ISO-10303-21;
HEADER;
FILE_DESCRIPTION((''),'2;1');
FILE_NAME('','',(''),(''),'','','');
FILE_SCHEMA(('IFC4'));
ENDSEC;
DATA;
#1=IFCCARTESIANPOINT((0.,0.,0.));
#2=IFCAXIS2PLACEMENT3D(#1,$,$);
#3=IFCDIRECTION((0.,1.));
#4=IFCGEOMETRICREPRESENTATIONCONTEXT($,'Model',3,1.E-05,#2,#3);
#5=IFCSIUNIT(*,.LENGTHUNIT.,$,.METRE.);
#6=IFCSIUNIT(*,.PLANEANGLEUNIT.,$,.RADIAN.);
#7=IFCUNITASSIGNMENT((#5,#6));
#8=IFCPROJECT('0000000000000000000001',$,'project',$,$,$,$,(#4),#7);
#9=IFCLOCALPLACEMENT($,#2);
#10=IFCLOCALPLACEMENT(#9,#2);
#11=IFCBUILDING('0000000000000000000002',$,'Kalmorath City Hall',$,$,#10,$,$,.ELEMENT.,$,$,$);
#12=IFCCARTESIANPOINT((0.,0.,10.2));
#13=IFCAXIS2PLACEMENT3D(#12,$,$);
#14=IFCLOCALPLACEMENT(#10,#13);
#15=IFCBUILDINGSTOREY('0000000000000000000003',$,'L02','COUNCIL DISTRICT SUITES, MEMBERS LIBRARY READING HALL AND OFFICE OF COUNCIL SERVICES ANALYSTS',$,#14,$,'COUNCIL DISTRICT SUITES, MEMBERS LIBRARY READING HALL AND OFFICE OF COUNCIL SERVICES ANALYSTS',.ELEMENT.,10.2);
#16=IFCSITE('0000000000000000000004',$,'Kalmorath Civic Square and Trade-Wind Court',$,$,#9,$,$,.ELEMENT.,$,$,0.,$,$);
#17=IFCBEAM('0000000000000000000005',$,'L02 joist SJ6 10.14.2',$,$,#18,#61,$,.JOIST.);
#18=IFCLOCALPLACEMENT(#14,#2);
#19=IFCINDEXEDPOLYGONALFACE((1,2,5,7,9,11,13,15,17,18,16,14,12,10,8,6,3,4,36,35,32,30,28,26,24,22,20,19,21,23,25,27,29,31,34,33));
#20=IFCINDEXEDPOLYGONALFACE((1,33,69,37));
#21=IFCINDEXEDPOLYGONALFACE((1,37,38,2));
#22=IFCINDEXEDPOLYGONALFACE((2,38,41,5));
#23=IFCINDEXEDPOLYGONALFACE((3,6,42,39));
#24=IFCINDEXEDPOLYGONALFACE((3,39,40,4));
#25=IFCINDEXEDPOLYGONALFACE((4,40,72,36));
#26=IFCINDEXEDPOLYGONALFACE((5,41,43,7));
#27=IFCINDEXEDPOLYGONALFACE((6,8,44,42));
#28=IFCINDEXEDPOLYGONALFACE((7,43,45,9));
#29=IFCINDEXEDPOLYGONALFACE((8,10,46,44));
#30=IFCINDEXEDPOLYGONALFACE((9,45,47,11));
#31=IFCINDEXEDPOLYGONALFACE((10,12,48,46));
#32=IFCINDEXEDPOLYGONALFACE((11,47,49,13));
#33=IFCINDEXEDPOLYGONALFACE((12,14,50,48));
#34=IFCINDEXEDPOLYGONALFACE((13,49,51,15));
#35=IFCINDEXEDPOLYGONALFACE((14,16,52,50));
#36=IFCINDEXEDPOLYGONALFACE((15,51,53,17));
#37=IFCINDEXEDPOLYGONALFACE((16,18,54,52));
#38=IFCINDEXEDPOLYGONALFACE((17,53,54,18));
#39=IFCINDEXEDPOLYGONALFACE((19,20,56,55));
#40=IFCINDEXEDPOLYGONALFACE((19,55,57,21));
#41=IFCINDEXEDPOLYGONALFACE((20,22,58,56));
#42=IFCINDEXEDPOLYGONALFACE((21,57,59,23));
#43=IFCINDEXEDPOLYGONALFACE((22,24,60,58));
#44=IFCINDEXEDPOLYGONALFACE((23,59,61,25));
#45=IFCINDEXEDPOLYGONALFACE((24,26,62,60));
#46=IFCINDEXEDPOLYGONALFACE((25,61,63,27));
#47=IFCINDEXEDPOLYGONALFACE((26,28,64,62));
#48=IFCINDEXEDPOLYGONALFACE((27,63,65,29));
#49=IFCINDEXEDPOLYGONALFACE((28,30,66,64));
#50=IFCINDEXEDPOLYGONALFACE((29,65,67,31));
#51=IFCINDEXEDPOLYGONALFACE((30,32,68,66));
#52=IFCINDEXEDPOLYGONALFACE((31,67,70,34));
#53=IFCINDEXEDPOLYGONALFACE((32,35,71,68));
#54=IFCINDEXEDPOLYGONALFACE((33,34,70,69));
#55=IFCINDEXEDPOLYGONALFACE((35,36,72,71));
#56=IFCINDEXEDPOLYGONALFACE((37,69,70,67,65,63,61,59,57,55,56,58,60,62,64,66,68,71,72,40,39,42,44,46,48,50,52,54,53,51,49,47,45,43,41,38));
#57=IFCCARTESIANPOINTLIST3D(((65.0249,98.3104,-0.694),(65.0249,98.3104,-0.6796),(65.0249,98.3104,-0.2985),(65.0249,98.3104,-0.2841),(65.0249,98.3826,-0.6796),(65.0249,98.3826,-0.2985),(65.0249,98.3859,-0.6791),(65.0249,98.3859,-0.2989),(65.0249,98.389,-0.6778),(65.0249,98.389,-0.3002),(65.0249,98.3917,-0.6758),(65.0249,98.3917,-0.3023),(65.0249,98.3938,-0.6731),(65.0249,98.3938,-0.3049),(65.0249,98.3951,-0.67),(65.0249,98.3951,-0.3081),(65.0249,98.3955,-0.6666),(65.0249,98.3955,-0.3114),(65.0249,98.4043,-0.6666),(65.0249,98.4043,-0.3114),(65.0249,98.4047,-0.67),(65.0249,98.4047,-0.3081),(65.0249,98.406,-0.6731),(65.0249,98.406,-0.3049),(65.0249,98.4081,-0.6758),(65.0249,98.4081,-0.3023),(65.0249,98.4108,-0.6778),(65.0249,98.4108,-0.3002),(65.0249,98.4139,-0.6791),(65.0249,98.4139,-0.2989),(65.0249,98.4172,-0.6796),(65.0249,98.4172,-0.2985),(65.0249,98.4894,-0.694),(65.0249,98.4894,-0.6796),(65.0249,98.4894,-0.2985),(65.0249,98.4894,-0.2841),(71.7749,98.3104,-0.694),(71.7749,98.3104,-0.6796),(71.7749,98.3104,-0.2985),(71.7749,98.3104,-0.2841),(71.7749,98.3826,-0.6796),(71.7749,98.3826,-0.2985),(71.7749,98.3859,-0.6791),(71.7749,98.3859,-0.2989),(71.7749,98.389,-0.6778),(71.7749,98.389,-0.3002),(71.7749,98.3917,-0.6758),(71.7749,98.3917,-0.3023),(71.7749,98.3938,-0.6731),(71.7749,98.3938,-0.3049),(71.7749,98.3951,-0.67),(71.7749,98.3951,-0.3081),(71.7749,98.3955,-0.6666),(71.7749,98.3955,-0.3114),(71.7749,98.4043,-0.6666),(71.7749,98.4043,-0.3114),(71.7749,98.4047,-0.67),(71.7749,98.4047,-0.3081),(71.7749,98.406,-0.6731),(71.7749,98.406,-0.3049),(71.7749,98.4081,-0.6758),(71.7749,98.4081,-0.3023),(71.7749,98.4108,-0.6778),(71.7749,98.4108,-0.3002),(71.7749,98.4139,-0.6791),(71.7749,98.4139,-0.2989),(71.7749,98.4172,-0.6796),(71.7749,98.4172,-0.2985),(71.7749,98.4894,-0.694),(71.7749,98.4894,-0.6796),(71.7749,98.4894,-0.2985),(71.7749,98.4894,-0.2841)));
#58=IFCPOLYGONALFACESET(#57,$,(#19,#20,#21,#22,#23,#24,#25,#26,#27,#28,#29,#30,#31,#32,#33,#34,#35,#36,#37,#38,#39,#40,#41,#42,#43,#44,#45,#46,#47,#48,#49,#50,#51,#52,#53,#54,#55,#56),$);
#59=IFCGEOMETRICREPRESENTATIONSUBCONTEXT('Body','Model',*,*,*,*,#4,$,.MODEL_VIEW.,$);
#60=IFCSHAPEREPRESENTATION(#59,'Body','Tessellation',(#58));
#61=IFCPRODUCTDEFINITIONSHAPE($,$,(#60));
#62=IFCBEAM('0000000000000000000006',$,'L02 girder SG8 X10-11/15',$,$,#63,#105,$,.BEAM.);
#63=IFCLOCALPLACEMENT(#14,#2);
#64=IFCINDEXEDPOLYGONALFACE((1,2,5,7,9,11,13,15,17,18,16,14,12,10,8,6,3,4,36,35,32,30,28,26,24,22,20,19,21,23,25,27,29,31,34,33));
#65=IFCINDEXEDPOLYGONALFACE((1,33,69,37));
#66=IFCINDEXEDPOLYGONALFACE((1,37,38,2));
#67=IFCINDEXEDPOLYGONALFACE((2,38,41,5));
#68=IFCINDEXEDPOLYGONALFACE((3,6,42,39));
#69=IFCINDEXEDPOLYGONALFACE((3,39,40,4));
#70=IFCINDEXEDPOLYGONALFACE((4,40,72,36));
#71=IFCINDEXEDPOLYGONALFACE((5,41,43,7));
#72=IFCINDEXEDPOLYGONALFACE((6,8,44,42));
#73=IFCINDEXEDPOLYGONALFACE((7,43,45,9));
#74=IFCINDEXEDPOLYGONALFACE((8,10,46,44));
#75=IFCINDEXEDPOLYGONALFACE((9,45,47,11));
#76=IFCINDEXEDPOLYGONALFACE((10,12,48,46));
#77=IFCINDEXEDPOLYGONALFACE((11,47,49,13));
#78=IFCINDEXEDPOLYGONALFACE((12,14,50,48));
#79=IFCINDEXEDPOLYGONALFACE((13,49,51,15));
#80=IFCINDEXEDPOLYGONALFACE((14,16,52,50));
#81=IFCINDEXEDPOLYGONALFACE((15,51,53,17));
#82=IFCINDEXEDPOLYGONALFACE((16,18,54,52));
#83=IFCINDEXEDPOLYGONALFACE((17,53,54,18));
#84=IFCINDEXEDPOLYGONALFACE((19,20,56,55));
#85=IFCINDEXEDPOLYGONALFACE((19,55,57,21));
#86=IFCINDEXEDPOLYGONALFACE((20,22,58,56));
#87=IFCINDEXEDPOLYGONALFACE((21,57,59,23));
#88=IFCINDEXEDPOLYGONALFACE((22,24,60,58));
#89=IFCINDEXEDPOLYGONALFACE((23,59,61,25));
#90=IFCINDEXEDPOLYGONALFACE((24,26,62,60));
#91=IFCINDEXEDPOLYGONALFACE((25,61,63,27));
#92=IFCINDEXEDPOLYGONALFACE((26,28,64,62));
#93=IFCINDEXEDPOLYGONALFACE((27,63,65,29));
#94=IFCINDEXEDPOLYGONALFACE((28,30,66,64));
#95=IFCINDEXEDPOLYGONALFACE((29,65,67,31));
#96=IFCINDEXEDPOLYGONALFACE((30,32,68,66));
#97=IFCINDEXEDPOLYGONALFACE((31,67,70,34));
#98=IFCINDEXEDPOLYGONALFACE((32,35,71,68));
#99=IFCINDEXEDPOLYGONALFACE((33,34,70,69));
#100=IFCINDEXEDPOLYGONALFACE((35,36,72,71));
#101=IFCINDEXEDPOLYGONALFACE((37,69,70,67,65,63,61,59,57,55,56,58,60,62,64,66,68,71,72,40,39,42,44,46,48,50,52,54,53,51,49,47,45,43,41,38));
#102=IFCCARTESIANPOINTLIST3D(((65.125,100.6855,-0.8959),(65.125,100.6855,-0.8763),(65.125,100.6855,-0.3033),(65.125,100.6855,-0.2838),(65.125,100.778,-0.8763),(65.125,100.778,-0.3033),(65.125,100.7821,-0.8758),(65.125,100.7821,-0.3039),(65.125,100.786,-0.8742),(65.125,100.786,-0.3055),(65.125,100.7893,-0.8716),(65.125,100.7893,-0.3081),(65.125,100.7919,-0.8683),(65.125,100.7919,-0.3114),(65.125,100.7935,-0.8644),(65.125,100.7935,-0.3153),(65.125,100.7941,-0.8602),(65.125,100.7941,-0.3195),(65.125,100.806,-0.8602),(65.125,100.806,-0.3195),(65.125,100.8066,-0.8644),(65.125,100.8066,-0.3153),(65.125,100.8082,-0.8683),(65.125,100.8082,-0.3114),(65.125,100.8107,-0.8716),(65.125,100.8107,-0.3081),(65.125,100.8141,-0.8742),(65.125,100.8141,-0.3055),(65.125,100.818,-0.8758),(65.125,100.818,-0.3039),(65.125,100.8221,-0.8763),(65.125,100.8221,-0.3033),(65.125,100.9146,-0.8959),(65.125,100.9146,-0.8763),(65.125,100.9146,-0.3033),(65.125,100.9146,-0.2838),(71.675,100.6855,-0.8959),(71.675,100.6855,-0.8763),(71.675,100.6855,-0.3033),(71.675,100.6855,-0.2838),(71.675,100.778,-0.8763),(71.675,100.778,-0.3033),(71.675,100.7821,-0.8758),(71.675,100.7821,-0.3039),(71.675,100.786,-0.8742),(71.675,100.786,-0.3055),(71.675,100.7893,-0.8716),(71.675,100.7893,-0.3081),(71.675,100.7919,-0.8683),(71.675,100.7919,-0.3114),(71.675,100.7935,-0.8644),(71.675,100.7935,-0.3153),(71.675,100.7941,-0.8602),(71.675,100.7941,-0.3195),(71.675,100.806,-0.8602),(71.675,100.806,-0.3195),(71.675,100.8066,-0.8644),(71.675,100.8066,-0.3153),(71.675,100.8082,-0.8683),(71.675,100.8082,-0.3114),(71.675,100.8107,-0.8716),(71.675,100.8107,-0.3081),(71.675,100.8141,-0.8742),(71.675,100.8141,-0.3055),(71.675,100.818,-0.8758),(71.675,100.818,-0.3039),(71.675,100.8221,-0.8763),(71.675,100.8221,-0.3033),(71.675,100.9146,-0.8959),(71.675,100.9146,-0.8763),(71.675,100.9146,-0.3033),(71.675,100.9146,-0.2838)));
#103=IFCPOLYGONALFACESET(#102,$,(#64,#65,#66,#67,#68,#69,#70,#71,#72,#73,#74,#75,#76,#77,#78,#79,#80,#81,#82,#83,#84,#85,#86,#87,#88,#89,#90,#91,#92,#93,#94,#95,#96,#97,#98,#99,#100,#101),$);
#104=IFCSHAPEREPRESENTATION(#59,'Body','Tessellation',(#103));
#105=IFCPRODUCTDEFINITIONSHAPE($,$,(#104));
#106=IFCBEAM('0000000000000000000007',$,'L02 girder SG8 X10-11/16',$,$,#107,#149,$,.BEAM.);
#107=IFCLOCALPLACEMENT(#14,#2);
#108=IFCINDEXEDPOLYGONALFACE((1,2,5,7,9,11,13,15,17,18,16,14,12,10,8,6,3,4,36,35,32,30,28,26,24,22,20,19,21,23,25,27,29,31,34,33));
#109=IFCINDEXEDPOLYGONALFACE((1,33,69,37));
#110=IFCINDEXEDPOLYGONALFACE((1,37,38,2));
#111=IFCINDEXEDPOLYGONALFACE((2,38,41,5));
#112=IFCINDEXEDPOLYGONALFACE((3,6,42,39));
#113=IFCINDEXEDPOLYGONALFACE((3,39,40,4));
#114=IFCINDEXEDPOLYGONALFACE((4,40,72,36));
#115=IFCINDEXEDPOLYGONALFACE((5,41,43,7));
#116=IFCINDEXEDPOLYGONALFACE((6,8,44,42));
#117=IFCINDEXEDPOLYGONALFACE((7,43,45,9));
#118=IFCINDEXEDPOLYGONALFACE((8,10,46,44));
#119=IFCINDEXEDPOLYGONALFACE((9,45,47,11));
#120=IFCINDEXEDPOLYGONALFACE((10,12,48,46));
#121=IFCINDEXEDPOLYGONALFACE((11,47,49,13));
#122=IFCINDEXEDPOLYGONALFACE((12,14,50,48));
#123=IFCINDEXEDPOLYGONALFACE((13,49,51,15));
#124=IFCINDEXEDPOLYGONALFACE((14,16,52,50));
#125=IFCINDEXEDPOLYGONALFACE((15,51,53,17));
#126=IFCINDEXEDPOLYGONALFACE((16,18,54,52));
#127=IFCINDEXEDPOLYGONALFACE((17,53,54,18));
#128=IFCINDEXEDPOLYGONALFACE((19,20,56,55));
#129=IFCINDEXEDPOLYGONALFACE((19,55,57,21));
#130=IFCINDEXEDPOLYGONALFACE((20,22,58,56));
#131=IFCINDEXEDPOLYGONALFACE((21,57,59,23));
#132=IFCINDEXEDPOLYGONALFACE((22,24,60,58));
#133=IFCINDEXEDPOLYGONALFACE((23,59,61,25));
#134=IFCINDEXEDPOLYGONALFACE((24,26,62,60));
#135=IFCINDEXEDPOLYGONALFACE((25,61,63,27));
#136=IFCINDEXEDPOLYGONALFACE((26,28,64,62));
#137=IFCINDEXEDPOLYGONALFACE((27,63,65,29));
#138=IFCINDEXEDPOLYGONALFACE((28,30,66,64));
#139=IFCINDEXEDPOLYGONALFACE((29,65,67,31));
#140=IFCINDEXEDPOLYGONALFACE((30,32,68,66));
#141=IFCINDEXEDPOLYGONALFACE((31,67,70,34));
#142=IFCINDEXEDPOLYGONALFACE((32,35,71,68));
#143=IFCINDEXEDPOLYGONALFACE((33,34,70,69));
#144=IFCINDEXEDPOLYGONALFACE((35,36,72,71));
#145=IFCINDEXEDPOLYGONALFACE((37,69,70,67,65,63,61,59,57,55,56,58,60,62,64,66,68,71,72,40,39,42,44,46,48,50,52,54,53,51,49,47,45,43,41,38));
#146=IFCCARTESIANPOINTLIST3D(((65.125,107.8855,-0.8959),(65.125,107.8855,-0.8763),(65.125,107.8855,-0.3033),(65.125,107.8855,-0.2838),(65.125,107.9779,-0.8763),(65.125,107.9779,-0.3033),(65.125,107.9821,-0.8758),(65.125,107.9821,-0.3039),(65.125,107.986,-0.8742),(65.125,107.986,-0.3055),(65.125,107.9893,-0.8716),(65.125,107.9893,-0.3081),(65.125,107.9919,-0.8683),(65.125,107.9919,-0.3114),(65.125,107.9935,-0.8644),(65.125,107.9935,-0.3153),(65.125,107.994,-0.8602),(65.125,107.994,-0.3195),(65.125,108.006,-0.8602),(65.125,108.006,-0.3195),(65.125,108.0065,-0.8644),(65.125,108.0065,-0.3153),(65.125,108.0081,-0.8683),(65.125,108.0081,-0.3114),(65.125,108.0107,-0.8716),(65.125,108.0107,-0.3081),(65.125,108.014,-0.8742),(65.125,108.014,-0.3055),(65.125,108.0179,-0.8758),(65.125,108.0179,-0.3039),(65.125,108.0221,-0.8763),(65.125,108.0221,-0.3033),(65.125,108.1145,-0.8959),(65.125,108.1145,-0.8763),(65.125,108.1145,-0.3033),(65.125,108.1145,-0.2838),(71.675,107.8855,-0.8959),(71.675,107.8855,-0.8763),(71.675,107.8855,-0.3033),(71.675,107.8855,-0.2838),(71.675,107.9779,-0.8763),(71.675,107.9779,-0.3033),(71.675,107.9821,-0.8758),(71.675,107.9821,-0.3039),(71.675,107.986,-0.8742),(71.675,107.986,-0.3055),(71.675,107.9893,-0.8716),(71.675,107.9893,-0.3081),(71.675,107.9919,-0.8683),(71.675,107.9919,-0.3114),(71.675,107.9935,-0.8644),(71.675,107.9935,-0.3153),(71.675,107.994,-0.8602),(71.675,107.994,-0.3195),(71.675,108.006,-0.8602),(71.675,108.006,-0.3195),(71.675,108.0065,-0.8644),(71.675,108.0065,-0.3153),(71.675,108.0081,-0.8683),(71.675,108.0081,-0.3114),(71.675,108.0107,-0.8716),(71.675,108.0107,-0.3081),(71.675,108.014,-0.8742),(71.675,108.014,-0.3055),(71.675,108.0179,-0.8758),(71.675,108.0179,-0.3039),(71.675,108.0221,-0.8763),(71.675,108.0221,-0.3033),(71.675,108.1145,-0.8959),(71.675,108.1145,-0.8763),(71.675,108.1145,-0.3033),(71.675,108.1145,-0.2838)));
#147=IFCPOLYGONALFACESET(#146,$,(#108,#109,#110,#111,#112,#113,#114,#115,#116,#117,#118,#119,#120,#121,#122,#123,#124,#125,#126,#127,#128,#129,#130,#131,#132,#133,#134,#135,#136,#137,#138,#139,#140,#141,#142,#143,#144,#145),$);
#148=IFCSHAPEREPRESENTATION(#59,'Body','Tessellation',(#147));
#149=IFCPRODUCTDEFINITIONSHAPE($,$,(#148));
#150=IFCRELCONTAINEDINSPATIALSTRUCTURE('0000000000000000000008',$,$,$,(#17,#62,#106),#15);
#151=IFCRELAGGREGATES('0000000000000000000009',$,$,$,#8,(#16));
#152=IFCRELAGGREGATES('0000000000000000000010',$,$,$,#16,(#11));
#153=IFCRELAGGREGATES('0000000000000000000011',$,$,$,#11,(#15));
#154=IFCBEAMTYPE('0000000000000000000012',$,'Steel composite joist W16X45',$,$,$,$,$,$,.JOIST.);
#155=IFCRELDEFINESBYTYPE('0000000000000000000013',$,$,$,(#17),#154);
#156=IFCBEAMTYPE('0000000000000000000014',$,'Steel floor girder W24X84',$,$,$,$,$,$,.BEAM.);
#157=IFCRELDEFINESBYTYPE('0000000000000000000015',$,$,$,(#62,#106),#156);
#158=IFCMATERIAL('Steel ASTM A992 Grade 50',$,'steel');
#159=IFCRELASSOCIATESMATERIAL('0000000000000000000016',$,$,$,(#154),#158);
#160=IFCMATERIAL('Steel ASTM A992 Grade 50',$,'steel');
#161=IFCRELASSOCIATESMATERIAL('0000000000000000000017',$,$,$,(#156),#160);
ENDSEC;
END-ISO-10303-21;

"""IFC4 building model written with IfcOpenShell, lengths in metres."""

from ifc_helpers import new_model, si_unit, direction, frame, origin, origin_2d, place, context, subcontext, project, spatial, i_section, extrude, material, material_profile, profile_set, type_object, element, save


model = new_model("IFC4")

# Units and contexts
model_context = context("Model", 3, precision=1e-05, world=origin(), true_north=direction((0.0, 1.0)))
body_context = subcontext(model_context, "Body", "Model", "MODEL_VIEW")
ifc_project = project(units=[si_unit("LENGTHUNIT", "METRE"), si_unit("PLANEANGLEUNIT", "RADIAN")], contexts=[model_context])

# Site, building, storey
site_placement = place(None, origin())
site = spatial("IfcSite", under=ifc_project, at=site_placement, Name="Kalmorath Civic Square and Trade-Wind Court", CompositionType="ELEMENT", RefElevation=0.0)
building_placement = place(site_placement, origin())
building = spatial("IfcBuilding", under=site, at=building_placement, Name="Kalmorath City Hall", CompositionType="ELEMENT")
storey_placement = place(building_placement, frame((0.0, 0.0, 10.2)))
storey = spatial("IfcBuildingStorey", under=building, at=storey_placement, Name="L02", Description="COUNCIL DISTRICT SUITES, MEMBERS LIBRARY READING HALL AND OFFICE OF COUNCIL SERVICES ANALYSTS", LongName="COUNCIL DISTRICT SUITES, MEMBERS LIBRARY READING HALL AND OFFICE OF COUNCIL SERVICES ANALYSTS", CompositionType="ELEMENT", Elevation=10.2)

# Beams
ifc_material_1 = material(Name="Steel ASTM A992 Grade 50", Category="steel")
ifc_material_profile_1 = material_profile(ifc_material_1, i_section(OverallWidth=0.179, OverallDepth=0.4099, WebThickness=0.0088, FlangeThickness=0.0144, FilletRadius=0.0129, at=origin_2d()), Name="W16X45")
ifc_profile_set_1 = profile_set([ifc_material_profile_1], Name="Steel ASTM A992 Grade 50")
beam_type_1 = type_object("IfcBeamType", Name="Steel composite joist W16X45", PredefinedType="JOIST", material=ifc_profile_set_1)
for number, where, z_axis, x_axis, name in (
    (1, (65.0249, 98.3999, -0.489), (1.0, 0.0, 0.0), (0.0, 1.0, 0.0), "L02 joist SJ6 10.14.2"),
):
    element("IfcBeam", number, at=place(storey_placement, frame(where, z_axis=z_axis, x_axis=x_axis)), inside=storey, type_object=beam_type_1, Name=name, PredefinedType="JOIST", context=body_context, shape_type="SweptSolid", body=[
        extrude(i_section(OverallWidth=0.179, OverallDepth=0.4099, WebThickness=0.0088, FlangeThickness=0.0144, FilletRadius=0.0129, at=origin_2d()), origin(), (0.0, 0.0, 1.0), 6.75),
    ])
ifc_material_2 = material(Name="Steel ASTM A992 Grade 50", Category="steel")
ifc_material_profile_2 = material_profile(ifc_material_2, i_section(OverallWidth=0.229, OverallDepth=0.6121, WebThickness=0.012, FlangeThickness=0.0195, FilletRadius=0.0161, at=origin_2d()), Name="W24X84")
ifc_profile_set_2 = profile_set([ifc_material_profile_2], Name="Steel ASTM A992 Grade 50")
beam_type_2 = type_object("IfcBeamType", Name="Steel floor girder W24X84", PredefinedType="BEAM", material=ifc_profile_set_2)
for number, where, z_axis, x_axis, name in (
    (2, (65.125, 100.8, -0.5898), (1.0, 0.0, 0.0), (0.0, 1.0, 0.0), "L02 girder SG8 X10-11/15"),
    (3, (65.125, 108.0, -0.5898), (1.0, 0.0, 0.0), (0.0, 1.0, 0.0), "L02 girder SG8 X10-11/16"),
):
    element("IfcBeam", number, at=place(storey_placement, frame(where, z_axis=z_axis, x_axis=x_axis)), inside=storey, type_object=beam_type_2, Name=name, PredefinedType="BEAM", context=body_context, shape_type="SweptSolid", body=[
        extrude(i_section(OverallWidth=0.229, OverallDepth=0.6121, WebThickness=0.012, FlangeThickness=0.0195, FilletRadius=0.0161, at=origin_2d()), origin(), (0.0, 0.0, 1.0), 6.55),
    ])

save(model, "model.ifc")
